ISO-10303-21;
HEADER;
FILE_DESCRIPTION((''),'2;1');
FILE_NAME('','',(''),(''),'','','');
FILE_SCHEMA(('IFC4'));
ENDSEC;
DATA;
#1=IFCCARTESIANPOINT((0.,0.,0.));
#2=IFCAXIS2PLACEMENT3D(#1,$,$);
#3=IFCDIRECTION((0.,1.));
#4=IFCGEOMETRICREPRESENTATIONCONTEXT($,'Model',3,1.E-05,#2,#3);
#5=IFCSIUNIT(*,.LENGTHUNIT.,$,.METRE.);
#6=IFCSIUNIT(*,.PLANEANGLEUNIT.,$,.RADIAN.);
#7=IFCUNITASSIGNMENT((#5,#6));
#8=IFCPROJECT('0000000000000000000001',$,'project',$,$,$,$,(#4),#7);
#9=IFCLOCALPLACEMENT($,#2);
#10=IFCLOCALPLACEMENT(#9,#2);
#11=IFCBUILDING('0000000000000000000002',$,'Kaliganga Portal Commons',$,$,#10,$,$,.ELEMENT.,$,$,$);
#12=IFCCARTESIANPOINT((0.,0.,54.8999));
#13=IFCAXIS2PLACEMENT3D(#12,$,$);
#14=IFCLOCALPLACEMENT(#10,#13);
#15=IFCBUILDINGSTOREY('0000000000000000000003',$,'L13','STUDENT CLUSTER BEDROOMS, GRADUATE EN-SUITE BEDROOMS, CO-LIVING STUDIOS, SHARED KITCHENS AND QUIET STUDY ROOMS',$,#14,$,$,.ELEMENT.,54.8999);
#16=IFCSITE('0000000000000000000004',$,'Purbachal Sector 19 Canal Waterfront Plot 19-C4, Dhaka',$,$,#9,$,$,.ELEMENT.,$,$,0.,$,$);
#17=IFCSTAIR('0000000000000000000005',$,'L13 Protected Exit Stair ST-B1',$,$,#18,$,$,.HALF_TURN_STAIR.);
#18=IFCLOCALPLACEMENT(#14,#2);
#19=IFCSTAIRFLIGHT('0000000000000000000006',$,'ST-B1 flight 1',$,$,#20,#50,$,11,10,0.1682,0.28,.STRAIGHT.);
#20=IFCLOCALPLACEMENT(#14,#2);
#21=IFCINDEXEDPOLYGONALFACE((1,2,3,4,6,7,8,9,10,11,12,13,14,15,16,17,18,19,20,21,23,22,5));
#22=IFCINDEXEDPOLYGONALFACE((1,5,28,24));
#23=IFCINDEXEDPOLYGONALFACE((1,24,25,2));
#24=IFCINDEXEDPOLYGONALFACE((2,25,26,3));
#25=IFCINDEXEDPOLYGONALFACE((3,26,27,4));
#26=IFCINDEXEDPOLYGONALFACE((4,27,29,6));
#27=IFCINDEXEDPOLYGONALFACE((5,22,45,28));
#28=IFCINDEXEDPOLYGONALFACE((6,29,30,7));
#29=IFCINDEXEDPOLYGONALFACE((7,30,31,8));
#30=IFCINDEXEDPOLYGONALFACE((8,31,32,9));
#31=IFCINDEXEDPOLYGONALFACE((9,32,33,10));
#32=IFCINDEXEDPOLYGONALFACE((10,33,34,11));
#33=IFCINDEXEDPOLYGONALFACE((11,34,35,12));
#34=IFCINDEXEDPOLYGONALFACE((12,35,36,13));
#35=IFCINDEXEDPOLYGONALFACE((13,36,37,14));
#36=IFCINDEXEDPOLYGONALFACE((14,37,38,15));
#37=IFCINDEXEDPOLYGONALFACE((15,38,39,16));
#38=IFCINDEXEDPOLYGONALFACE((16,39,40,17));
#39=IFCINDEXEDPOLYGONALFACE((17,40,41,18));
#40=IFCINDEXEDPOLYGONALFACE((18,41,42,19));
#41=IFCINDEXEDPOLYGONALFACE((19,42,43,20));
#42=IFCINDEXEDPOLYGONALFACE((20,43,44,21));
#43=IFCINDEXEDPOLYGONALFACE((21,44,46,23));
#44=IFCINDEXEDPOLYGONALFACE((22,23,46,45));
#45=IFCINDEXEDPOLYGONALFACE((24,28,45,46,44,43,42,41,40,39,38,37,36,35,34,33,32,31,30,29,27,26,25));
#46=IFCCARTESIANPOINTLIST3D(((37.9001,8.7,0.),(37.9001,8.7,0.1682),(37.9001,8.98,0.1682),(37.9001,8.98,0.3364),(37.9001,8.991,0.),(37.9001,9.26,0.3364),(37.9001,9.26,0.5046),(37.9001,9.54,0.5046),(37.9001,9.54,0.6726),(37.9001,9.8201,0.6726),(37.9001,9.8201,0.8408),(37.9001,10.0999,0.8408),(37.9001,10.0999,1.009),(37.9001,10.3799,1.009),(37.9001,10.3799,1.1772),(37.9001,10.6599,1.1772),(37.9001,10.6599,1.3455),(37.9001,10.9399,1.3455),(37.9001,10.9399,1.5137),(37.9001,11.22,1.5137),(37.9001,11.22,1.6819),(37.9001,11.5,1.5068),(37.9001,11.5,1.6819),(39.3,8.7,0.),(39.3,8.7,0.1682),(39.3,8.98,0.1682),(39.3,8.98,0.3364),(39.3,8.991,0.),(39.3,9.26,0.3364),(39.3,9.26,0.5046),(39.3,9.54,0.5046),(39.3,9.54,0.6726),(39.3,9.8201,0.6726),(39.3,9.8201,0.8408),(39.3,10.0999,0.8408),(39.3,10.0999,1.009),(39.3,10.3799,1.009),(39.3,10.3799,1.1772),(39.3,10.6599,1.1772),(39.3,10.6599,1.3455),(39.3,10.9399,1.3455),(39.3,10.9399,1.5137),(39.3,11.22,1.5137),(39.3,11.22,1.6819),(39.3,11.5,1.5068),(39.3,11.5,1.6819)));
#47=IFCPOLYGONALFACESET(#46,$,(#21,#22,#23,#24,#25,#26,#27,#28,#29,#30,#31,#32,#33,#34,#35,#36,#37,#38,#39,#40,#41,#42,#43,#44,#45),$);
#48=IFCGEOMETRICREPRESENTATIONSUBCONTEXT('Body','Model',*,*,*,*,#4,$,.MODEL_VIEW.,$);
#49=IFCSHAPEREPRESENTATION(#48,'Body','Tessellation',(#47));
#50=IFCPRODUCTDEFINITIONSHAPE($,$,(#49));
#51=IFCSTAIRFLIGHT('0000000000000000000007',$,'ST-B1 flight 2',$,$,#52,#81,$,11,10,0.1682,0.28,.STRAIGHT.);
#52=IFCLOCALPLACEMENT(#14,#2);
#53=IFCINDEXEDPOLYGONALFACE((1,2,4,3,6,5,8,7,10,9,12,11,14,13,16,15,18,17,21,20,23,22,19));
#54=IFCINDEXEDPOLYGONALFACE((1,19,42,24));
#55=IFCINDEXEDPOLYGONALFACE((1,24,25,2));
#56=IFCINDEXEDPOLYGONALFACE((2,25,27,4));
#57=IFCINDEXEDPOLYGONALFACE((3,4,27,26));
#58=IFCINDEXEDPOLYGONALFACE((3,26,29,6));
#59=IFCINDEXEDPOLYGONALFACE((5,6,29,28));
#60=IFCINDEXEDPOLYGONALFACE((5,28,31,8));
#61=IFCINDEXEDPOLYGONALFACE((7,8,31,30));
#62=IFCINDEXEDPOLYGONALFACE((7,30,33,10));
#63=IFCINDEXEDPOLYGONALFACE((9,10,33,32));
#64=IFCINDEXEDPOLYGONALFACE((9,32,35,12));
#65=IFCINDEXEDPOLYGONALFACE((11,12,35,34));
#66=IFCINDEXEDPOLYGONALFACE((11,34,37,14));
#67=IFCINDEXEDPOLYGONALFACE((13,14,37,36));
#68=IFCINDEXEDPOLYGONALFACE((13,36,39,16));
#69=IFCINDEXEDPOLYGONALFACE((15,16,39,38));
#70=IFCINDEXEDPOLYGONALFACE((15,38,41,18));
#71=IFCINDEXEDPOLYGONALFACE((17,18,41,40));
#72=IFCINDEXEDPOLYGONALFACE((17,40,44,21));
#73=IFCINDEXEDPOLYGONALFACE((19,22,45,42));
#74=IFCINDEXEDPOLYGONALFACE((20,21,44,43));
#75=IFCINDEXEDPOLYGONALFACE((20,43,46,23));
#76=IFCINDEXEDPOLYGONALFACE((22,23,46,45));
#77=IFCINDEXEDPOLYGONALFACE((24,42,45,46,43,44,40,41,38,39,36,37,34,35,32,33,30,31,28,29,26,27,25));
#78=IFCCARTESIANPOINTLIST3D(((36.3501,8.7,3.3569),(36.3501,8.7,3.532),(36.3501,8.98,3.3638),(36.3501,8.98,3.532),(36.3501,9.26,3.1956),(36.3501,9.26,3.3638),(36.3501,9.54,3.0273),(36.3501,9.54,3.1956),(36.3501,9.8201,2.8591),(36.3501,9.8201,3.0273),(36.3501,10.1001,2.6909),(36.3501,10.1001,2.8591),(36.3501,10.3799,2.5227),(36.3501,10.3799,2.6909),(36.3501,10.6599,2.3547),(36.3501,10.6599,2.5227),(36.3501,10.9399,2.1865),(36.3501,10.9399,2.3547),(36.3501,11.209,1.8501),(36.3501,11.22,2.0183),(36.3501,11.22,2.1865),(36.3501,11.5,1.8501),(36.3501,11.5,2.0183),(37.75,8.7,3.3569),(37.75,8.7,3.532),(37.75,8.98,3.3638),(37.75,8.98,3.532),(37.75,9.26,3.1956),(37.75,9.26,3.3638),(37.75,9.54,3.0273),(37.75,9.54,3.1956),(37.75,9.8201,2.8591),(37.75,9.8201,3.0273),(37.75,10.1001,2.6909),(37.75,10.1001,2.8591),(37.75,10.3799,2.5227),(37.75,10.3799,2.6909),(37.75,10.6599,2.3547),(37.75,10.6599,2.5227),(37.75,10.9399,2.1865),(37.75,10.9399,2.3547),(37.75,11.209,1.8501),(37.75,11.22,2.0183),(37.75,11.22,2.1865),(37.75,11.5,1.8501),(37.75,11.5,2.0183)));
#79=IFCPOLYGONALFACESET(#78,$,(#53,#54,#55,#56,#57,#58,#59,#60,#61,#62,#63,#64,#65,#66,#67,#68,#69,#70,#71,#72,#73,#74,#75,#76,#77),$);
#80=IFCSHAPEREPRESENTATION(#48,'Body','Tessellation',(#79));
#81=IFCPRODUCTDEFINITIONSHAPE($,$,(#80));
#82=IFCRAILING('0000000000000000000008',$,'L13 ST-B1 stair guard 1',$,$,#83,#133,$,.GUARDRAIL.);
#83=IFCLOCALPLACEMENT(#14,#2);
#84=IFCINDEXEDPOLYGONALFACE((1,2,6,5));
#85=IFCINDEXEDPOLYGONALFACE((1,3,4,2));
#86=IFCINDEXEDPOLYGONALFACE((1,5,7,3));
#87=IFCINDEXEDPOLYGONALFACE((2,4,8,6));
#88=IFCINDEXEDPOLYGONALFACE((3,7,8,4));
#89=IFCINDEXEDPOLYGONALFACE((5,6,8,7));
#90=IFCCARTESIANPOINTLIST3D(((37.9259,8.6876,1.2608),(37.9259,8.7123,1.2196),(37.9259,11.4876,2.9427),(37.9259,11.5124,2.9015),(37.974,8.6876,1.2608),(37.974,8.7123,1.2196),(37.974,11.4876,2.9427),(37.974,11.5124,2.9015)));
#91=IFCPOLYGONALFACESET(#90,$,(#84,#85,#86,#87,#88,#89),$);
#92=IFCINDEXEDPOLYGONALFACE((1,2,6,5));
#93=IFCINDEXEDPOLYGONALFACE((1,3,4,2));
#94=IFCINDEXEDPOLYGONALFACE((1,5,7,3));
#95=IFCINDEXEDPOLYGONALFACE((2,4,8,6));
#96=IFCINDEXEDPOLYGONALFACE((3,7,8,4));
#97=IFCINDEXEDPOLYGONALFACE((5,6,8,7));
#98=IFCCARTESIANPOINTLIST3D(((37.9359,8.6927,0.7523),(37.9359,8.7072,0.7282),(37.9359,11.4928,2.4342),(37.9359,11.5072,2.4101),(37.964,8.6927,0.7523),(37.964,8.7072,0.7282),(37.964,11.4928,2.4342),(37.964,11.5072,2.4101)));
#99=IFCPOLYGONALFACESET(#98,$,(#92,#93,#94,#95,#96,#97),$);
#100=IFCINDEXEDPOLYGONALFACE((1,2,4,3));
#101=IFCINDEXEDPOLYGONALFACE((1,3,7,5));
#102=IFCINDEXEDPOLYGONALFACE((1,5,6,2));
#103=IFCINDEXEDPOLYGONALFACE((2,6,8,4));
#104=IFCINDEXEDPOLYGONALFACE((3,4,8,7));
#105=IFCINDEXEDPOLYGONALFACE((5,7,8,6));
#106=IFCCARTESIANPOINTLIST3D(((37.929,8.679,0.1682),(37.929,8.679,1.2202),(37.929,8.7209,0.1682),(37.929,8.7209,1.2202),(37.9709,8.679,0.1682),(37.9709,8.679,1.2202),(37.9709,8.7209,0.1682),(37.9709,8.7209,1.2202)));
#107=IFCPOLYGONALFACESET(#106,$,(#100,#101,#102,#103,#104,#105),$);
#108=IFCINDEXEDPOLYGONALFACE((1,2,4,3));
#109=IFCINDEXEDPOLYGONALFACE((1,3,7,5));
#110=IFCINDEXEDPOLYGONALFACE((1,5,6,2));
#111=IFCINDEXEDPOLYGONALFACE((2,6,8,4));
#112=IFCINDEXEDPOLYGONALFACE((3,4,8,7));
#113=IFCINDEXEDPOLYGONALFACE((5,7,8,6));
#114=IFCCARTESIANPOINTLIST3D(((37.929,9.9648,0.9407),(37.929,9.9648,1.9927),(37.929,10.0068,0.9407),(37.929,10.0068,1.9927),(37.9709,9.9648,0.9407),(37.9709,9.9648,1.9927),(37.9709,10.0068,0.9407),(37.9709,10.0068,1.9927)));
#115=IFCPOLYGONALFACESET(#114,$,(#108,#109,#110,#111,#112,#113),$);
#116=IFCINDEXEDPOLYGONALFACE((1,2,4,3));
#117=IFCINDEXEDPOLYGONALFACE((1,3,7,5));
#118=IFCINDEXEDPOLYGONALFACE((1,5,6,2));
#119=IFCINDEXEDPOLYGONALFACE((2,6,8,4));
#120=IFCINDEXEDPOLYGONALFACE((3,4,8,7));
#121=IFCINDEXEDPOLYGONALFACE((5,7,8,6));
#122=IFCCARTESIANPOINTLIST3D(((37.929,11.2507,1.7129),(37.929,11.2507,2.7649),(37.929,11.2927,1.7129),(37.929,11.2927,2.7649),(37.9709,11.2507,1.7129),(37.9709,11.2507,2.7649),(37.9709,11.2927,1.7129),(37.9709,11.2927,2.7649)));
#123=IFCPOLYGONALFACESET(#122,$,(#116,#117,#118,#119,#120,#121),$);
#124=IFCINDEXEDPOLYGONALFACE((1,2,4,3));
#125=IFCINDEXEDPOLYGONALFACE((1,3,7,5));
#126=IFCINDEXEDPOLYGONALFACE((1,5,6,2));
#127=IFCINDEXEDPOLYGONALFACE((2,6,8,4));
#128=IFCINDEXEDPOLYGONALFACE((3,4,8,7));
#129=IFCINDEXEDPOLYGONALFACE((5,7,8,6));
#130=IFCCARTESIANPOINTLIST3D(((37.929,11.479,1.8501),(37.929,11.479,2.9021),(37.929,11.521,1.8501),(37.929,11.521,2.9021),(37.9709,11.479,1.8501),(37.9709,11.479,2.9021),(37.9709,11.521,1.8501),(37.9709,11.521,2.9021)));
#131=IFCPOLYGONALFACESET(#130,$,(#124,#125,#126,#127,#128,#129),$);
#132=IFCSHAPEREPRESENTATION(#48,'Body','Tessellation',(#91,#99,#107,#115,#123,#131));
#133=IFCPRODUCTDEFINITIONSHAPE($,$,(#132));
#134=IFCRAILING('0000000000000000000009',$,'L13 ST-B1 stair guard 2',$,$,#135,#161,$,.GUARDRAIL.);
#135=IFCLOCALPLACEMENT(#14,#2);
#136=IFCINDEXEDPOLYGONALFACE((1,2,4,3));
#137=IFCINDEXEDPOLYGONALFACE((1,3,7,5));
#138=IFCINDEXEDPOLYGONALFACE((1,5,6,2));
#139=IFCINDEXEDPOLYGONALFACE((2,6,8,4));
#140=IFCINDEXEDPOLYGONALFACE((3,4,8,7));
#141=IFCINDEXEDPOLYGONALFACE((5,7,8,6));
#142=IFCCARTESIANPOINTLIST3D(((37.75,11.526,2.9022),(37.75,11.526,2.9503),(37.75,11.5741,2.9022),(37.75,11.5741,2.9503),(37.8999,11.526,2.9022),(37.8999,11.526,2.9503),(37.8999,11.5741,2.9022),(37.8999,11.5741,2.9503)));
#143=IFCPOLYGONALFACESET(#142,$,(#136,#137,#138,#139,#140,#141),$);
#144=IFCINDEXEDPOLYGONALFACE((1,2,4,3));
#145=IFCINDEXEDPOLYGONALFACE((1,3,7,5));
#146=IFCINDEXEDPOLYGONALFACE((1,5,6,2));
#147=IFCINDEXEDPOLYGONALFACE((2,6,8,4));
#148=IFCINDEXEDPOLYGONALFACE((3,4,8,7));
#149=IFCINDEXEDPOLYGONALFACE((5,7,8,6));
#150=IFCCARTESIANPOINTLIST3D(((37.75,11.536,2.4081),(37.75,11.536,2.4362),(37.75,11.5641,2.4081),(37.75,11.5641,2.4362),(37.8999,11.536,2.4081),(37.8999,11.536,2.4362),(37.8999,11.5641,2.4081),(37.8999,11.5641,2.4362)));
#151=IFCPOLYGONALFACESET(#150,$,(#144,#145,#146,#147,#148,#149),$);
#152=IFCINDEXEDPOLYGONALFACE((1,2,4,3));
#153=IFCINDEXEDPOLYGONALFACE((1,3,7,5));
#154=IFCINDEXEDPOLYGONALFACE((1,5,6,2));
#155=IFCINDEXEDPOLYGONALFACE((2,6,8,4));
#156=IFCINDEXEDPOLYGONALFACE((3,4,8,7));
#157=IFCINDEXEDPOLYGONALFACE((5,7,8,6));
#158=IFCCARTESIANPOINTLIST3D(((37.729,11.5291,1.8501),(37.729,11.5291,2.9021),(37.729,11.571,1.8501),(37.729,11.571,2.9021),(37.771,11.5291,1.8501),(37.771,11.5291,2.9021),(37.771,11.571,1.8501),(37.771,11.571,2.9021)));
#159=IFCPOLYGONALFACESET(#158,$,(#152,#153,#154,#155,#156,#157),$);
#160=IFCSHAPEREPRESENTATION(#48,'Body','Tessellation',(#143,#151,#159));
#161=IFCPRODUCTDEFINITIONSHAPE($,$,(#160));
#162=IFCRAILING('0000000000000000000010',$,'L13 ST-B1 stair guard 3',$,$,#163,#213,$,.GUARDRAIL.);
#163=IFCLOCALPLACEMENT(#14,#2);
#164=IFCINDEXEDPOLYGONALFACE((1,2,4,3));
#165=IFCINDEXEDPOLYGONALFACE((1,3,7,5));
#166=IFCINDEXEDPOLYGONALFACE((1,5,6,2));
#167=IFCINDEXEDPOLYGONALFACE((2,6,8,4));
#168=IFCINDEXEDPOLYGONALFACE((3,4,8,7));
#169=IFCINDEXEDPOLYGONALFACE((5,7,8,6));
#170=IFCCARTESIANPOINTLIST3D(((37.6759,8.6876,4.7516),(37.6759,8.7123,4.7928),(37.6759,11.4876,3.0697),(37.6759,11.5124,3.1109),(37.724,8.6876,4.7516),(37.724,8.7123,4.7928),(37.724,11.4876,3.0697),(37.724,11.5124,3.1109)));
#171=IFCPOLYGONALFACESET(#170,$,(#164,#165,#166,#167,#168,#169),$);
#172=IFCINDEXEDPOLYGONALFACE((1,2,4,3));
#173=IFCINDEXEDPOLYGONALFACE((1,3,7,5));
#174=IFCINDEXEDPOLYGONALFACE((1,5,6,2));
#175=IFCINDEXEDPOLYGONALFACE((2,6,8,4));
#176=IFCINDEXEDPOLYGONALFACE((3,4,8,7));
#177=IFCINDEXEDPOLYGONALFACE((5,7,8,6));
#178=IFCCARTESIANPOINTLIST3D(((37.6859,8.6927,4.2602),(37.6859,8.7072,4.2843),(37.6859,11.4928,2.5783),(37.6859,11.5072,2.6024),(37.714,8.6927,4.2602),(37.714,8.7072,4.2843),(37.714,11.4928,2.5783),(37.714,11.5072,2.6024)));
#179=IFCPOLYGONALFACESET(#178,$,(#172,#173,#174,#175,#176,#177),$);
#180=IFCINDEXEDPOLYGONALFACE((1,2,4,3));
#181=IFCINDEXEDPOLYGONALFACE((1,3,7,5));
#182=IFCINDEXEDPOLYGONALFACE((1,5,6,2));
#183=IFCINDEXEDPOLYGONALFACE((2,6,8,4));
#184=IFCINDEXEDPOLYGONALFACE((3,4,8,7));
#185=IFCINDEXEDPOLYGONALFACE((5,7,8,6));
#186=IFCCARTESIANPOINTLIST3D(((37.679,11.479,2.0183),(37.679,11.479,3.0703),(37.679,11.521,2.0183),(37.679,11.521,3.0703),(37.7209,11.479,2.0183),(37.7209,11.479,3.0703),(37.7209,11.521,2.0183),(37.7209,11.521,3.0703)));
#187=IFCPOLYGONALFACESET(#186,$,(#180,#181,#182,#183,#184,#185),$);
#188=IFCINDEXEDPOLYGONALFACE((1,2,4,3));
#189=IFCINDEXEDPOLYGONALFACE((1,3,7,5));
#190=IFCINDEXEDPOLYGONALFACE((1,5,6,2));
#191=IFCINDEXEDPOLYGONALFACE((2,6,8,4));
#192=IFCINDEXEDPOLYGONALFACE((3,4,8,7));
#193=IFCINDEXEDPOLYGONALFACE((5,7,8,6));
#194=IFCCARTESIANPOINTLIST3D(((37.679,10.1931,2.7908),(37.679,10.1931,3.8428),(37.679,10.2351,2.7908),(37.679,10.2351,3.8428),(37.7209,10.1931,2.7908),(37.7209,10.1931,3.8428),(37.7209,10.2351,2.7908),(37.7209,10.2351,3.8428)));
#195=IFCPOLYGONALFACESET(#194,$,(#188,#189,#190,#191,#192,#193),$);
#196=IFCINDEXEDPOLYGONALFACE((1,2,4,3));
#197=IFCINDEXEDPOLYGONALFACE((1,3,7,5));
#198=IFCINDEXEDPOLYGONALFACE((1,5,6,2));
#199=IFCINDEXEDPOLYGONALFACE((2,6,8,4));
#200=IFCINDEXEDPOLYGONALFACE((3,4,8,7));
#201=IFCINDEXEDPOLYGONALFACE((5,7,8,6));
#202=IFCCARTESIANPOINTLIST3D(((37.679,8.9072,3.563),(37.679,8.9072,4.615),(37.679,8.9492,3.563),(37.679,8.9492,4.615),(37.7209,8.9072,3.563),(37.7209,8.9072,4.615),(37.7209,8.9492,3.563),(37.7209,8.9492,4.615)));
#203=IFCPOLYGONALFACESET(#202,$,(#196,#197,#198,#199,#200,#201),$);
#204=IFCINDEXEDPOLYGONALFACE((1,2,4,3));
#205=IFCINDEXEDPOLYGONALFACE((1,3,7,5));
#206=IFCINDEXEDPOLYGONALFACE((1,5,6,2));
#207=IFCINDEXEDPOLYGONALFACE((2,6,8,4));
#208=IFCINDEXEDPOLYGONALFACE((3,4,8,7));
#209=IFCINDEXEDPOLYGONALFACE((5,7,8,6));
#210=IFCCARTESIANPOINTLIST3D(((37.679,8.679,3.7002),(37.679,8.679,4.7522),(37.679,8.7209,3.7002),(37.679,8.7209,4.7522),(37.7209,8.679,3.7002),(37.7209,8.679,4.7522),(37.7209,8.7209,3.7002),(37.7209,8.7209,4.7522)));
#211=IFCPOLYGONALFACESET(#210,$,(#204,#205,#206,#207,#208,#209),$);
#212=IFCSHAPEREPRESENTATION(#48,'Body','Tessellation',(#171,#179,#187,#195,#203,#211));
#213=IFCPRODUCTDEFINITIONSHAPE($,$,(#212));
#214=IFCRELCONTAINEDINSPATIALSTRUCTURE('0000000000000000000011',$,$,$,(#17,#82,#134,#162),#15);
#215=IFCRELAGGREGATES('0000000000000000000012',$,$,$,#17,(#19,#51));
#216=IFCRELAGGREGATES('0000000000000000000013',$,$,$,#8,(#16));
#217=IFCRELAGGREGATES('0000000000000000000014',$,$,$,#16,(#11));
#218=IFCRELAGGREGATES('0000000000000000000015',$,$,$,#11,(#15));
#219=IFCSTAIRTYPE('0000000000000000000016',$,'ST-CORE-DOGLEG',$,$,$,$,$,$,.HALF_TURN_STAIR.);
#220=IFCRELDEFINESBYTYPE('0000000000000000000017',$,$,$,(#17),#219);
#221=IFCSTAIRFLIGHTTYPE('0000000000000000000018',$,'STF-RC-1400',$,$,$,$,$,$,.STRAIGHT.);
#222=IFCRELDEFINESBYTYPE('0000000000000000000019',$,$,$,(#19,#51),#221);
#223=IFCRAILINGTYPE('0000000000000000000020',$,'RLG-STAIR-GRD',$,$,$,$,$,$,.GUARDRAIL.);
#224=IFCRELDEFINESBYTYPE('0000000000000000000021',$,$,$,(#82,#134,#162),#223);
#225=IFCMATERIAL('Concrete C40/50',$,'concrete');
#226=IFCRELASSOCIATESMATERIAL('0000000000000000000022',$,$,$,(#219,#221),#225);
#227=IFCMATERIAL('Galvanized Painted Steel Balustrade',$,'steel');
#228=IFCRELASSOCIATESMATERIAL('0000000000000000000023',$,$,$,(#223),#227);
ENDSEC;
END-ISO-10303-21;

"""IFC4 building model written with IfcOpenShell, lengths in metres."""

from ifc_helpers import new_model, si_unit, direction, frame, origin, origin_2d, place, context, subcontext, project, spatial, polyline, rectangle, outline, extrude, material, type_object, element, aggregate, save


model = new_model("IFC4")

# Units and contexts
model_context = context("Model", 3, precision=1e-05, world=origin(), true_north=direction((0.0, 1.0)))
body_context = subcontext(model_context, "Body", "Model", "MODEL_VIEW")
ifc_project = project(units=[si_unit("LENGTHUNIT", "METRE"), si_unit("PLANEANGLEUNIT", "RADIAN")], contexts=[model_context])

# Site, building, storey
site_placement = place(None, origin())
site = spatial("IfcSite", under=ifc_project, at=site_placement, Name="Purbachal Sector 19 Canal Waterfront Plot 19-C4, Dhaka", CompositionType="ELEMENT", RefElevation=0.0)
building_placement = place(site_placement, origin())
building = spatial("IfcBuilding", under=site, at=building_placement, Name="Kaliganga Portal Commons", CompositionType="ELEMENT")
storey_placement = place(building_placement, frame((0.0, 0.0, 54.8999)))
storey = spatial("IfcBuildingStorey", under=building, at=storey_placement, Name="L13", Description="STUDENT CLUSTER BEDROOMS, GRADUATE EN-SUITE BEDROOMS, CO-LIVING STUDIOS, SHARED KITCHENS AND QUIET STUDY ROOMS", CompositionType="ELEMENT", Elevation=54.8999)

# Stair, stair flights
ifc_material_1 = material(Name="Concrete C40/50", Category="concrete")
stair_type = type_object("IfcStairType", Name="ST-CORE-DOGLEG", PredefinedType="HALF_TURN_STAIR", material=ifc_material_1)
stair_placement = place(storey_placement, origin())
stair = element("IfcStair", 1, at=stair_placement, inside=storey, type_object=stair_type, Name="L13 Protected Exit Stair ST-B1", PredefinedType="HALF_TURN_STAIR")
stair_flight_type = type_object("IfcStairFlightType", Name="STF-RC-1400", PredefinedType="STRAIGHT", material=ifc_material_1)
stair_flight_1_placement = place(storey_placement, frame((38.6001, 8.7, 0.0), z_axis=(0.0, 0.0, 1.0), x_axis=(0.0, 1.0, 0.0)))
stair_flight_1 = element("IfcStairFlight", 2, at=stair_flight_1_placement, type_object=stair_flight_type, Name="ST-B1 flight 1", NumberOfRisers=11, NumberOfTreads=10, PredefinedType="STRAIGHT", RiserHeight=0.1682, TreadLength=0.28, context=body_context, shape_type="SweptSolid", body=[
    extrude(outline(polyline([(0.0, 0.0), (0.0, 0.1682), (0.28, 0.1682), (0.28, 0.3364), (0.5601, 0.3364), (0.5601, 0.5046), (0.8401, 0.5046), (0.8401, 0.6726), (1.1201, 0.6726), (1.1201, 0.8408), (1.3999, 0.8408), (1.3999, 1.009), (1.6799, 1.009), (1.6799, 1.1772), (1.96, 1.1772), (1.96, 1.3455), (2.24, 1.3455), (2.24, 1.5137), (2.52, 1.5137), (2.52, 1.6819), (2.8, 1.6819), (2.8, 1.8501), (2.8, 1.5068), (0.291, 0.0), (0.0, 0.0)])), frame((0.0, 0.7, 0.0), z_axis=(0.0, -1.0, 0.0), x_axis=(1.0, 0.0, 0.0)), (0.0, 0.0, 1.0), 1.3999),
])
stair_flight_2_placement = place(storey_placement, frame((37.05, 11.5, 1.8501), z_axis=(0.0, 0.0, 1.0), x_axis=(0.0, -1.0, 0.0)))
stair_flight_2 = element("IfcStairFlight", 3, at=stair_flight_2_placement, type_object=stair_flight_type, Name="ST-B1 flight 2", NumberOfRisers=11, NumberOfTreads=10, PredefinedType="STRAIGHT", RiserHeight=0.1682, TreadLength=0.28, context=body_context, shape_type="SweptSolid", body=[
    extrude(outline(polyline([(0.0, 0.0), (0.0, 0.1682), (0.28, 0.1682), (0.28, 0.3364), (0.5601, 0.3364), (0.5601, 0.5046), (0.8401, 0.5046), (0.8401, 0.6726), (1.1201, 0.6726), (1.1201, 0.8408), (1.3999, 0.8408), (1.3999, 1.009), (1.6799, 1.009), (1.6799, 1.1772), (1.96, 1.1772), (1.96, 1.3455), (2.24, 1.3455), (2.24, 1.5137), (2.52, 1.5137), (2.52, 1.6819), (2.8, 1.6819), (2.8, 1.8501), (2.8, 1.5068), (0.291, 0.0), (0.0, 0.0)])), frame((0.0, 0.7, 0.0), z_axis=(0.0, -1.0, 0.0), x_axis=(1.0, 0.0, 0.0)), (0.0, 0.0, 1.0), 1.3999),
])
aggregate(stair, [stair_flight_1, stair_flight_2])

# Railings
ifc_material_2 = material(Name="Galvanized Painted Steel Balustrade", Category="steel")
railing_type_1 = type_object("IfcRailingType", Name="RLG-STAIR-GRD", PredefinedType="GUARDRAIL", material=ifc_material_2)
railing_1_placement = place(storey_placement, frame((37.95, 8.7, 0.1682)))
element("IfcRailing", 4, at=railing_1_placement, inside=storey, type_object=railing_type_1, Name="L13 ST-B1 stair guard 1", PredefinedType="GUARDRAIL", context=body_context, shape_type="SweptSolid", body=[
    extrude(rectangle(XDim=0.0481, YDim=0.0481, at=origin_2d()), frame((0.0, 0.0, 1.072), z_axis=(0.0, 0.857242, 0.514913), x_axis=(-1.0, 0.0, 0.0)), (0.0, 0.0, 1.0), 3.2664),
    extrude(rectangle(XDim=0.0281, YDim=0.0281, at=origin_2d()), frame((0.0, 0.0, 0.572), z_axis=(0.0, 0.857242, 0.514913), x_axis=(-1.0, 0.0, 0.0)), (0.0, 0.0, 1.0), 3.2664),
    extrude(rectangle(XDim=0.042, YDim=0.042, at=origin_2d()), origin(), (0.0, 0.0, 1.0), 1.052),
    extrude(rectangle(XDim=0.042, YDim=0.042, at=origin_2d()), frame((0.0, 1.2859, 0.7725)), (0.0, 0.0, 1.0), 1.052),
    extrude(rectangle(XDim=0.042, YDim=0.042, at=origin_2d()), frame((0.0, 2.5718, 1.5447)), (0.0, 0.0, 1.0), 1.052),
    extrude(rectangle(XDim=0.042, YDim=0.042, at=origin_2d()), frame((0.0, 2.8, 1.6819)), (0.0, 0.0, 1.0), 1.052),
])
railing_2_placement = place(storey_placement, frame((37.8999, 11.55, 1.8501)))
element("IfcRailing", 5, at=railing_2_placement, inside=storey, type_object=railing_type_1, Name="L13 ST-B1 stair guard 2", PredefinedType="GUARDRAIL", context=body_context, shape_type="SweptSolid", body=[
    extrude(rectangle(XDim=0.0481, YDim=0.0481, at=origin_2d()), frame((0.0, 0.0, 1.0762), z_axis=(-1.0, 0.0, 0.0), x_axis=(0.0, -1.0, 0.0)), (0.0, 0.0, 1.0), 0.1499),
    extrude(rectangle(XDim=0.0281, YDim=0.0281, at=origin_2d()), frame((0.0, 0.0, 0.572), z_axis=(-1.0, 0.0, 0.0), x_axis=(0.0, -1.0, 0.0)), (0.0, 0.0, 1.0), 0.1499),
    extrude(rectangle(XDim=0.042, YDim=0.042, at=origin_2d()), frame((-0.1499, 0.0, 0.0)), (0.0, 0.0, 1.0), 1.052),
])
railing_3_placement = place(storey_placement, frame((37.7, 11.5, 2.0183)))
element("IfcRailing", 6, at=railing_3_placement, inside=storey, type_object=railing_type_1, Name="L13 ST-B1 stair guard 3", PredefinedType="GUARDRAIL", context=body_context, shape_type="SweptSolid", body=[
    extrude(rectangle(XDim=0.0481, YDim=0.0481, at=origin_2d()), frame((0.0, 0.0, 1.072), z_axis=(0.0, -0.857242, 0.514913), x_axis=(1.0, 0.0, 0.0)), (0.0, 0.0, 1.0), 3.2664),
    extrude(rectangle(XDim=0.0281, YDim=0.0281, at=origin_2d()), frame((0.0, 0.0, 0.572), z_axis=(0.0, -0.857242, 0.514913), x_axis=(1.0, 0.0, 0.0)), (0.0, 0.0, 1.0), 3.2664),
    extrude(rectangle(XDim=0.042, YDim=0.042, at=origin_2d()), origin(), (0.0, 0.0, 1.0), 1.052),
    extrude(rectangle(XDim=0.042, YDim=0.042, at=origin_2d()), frame((0.0, -1.2859, 0.7725)), (0.0, 0.0, 1.0), 1.052),
    extrude(rectangle(XDim=0.042, YDim=0.042, at=origin_2d()), frame((0.0, -2.5718, 1.5447)), (0.0, 0.0, 1.0), 1.052),
    extrude(rectangle(XDim=0.042, YDim=0.042, at=origin_2d()), frame((0.0, -2.8, 1.6819)), (0.0, 0.0, 1.0), 1.052),
])

save(model, "model.ifc")
